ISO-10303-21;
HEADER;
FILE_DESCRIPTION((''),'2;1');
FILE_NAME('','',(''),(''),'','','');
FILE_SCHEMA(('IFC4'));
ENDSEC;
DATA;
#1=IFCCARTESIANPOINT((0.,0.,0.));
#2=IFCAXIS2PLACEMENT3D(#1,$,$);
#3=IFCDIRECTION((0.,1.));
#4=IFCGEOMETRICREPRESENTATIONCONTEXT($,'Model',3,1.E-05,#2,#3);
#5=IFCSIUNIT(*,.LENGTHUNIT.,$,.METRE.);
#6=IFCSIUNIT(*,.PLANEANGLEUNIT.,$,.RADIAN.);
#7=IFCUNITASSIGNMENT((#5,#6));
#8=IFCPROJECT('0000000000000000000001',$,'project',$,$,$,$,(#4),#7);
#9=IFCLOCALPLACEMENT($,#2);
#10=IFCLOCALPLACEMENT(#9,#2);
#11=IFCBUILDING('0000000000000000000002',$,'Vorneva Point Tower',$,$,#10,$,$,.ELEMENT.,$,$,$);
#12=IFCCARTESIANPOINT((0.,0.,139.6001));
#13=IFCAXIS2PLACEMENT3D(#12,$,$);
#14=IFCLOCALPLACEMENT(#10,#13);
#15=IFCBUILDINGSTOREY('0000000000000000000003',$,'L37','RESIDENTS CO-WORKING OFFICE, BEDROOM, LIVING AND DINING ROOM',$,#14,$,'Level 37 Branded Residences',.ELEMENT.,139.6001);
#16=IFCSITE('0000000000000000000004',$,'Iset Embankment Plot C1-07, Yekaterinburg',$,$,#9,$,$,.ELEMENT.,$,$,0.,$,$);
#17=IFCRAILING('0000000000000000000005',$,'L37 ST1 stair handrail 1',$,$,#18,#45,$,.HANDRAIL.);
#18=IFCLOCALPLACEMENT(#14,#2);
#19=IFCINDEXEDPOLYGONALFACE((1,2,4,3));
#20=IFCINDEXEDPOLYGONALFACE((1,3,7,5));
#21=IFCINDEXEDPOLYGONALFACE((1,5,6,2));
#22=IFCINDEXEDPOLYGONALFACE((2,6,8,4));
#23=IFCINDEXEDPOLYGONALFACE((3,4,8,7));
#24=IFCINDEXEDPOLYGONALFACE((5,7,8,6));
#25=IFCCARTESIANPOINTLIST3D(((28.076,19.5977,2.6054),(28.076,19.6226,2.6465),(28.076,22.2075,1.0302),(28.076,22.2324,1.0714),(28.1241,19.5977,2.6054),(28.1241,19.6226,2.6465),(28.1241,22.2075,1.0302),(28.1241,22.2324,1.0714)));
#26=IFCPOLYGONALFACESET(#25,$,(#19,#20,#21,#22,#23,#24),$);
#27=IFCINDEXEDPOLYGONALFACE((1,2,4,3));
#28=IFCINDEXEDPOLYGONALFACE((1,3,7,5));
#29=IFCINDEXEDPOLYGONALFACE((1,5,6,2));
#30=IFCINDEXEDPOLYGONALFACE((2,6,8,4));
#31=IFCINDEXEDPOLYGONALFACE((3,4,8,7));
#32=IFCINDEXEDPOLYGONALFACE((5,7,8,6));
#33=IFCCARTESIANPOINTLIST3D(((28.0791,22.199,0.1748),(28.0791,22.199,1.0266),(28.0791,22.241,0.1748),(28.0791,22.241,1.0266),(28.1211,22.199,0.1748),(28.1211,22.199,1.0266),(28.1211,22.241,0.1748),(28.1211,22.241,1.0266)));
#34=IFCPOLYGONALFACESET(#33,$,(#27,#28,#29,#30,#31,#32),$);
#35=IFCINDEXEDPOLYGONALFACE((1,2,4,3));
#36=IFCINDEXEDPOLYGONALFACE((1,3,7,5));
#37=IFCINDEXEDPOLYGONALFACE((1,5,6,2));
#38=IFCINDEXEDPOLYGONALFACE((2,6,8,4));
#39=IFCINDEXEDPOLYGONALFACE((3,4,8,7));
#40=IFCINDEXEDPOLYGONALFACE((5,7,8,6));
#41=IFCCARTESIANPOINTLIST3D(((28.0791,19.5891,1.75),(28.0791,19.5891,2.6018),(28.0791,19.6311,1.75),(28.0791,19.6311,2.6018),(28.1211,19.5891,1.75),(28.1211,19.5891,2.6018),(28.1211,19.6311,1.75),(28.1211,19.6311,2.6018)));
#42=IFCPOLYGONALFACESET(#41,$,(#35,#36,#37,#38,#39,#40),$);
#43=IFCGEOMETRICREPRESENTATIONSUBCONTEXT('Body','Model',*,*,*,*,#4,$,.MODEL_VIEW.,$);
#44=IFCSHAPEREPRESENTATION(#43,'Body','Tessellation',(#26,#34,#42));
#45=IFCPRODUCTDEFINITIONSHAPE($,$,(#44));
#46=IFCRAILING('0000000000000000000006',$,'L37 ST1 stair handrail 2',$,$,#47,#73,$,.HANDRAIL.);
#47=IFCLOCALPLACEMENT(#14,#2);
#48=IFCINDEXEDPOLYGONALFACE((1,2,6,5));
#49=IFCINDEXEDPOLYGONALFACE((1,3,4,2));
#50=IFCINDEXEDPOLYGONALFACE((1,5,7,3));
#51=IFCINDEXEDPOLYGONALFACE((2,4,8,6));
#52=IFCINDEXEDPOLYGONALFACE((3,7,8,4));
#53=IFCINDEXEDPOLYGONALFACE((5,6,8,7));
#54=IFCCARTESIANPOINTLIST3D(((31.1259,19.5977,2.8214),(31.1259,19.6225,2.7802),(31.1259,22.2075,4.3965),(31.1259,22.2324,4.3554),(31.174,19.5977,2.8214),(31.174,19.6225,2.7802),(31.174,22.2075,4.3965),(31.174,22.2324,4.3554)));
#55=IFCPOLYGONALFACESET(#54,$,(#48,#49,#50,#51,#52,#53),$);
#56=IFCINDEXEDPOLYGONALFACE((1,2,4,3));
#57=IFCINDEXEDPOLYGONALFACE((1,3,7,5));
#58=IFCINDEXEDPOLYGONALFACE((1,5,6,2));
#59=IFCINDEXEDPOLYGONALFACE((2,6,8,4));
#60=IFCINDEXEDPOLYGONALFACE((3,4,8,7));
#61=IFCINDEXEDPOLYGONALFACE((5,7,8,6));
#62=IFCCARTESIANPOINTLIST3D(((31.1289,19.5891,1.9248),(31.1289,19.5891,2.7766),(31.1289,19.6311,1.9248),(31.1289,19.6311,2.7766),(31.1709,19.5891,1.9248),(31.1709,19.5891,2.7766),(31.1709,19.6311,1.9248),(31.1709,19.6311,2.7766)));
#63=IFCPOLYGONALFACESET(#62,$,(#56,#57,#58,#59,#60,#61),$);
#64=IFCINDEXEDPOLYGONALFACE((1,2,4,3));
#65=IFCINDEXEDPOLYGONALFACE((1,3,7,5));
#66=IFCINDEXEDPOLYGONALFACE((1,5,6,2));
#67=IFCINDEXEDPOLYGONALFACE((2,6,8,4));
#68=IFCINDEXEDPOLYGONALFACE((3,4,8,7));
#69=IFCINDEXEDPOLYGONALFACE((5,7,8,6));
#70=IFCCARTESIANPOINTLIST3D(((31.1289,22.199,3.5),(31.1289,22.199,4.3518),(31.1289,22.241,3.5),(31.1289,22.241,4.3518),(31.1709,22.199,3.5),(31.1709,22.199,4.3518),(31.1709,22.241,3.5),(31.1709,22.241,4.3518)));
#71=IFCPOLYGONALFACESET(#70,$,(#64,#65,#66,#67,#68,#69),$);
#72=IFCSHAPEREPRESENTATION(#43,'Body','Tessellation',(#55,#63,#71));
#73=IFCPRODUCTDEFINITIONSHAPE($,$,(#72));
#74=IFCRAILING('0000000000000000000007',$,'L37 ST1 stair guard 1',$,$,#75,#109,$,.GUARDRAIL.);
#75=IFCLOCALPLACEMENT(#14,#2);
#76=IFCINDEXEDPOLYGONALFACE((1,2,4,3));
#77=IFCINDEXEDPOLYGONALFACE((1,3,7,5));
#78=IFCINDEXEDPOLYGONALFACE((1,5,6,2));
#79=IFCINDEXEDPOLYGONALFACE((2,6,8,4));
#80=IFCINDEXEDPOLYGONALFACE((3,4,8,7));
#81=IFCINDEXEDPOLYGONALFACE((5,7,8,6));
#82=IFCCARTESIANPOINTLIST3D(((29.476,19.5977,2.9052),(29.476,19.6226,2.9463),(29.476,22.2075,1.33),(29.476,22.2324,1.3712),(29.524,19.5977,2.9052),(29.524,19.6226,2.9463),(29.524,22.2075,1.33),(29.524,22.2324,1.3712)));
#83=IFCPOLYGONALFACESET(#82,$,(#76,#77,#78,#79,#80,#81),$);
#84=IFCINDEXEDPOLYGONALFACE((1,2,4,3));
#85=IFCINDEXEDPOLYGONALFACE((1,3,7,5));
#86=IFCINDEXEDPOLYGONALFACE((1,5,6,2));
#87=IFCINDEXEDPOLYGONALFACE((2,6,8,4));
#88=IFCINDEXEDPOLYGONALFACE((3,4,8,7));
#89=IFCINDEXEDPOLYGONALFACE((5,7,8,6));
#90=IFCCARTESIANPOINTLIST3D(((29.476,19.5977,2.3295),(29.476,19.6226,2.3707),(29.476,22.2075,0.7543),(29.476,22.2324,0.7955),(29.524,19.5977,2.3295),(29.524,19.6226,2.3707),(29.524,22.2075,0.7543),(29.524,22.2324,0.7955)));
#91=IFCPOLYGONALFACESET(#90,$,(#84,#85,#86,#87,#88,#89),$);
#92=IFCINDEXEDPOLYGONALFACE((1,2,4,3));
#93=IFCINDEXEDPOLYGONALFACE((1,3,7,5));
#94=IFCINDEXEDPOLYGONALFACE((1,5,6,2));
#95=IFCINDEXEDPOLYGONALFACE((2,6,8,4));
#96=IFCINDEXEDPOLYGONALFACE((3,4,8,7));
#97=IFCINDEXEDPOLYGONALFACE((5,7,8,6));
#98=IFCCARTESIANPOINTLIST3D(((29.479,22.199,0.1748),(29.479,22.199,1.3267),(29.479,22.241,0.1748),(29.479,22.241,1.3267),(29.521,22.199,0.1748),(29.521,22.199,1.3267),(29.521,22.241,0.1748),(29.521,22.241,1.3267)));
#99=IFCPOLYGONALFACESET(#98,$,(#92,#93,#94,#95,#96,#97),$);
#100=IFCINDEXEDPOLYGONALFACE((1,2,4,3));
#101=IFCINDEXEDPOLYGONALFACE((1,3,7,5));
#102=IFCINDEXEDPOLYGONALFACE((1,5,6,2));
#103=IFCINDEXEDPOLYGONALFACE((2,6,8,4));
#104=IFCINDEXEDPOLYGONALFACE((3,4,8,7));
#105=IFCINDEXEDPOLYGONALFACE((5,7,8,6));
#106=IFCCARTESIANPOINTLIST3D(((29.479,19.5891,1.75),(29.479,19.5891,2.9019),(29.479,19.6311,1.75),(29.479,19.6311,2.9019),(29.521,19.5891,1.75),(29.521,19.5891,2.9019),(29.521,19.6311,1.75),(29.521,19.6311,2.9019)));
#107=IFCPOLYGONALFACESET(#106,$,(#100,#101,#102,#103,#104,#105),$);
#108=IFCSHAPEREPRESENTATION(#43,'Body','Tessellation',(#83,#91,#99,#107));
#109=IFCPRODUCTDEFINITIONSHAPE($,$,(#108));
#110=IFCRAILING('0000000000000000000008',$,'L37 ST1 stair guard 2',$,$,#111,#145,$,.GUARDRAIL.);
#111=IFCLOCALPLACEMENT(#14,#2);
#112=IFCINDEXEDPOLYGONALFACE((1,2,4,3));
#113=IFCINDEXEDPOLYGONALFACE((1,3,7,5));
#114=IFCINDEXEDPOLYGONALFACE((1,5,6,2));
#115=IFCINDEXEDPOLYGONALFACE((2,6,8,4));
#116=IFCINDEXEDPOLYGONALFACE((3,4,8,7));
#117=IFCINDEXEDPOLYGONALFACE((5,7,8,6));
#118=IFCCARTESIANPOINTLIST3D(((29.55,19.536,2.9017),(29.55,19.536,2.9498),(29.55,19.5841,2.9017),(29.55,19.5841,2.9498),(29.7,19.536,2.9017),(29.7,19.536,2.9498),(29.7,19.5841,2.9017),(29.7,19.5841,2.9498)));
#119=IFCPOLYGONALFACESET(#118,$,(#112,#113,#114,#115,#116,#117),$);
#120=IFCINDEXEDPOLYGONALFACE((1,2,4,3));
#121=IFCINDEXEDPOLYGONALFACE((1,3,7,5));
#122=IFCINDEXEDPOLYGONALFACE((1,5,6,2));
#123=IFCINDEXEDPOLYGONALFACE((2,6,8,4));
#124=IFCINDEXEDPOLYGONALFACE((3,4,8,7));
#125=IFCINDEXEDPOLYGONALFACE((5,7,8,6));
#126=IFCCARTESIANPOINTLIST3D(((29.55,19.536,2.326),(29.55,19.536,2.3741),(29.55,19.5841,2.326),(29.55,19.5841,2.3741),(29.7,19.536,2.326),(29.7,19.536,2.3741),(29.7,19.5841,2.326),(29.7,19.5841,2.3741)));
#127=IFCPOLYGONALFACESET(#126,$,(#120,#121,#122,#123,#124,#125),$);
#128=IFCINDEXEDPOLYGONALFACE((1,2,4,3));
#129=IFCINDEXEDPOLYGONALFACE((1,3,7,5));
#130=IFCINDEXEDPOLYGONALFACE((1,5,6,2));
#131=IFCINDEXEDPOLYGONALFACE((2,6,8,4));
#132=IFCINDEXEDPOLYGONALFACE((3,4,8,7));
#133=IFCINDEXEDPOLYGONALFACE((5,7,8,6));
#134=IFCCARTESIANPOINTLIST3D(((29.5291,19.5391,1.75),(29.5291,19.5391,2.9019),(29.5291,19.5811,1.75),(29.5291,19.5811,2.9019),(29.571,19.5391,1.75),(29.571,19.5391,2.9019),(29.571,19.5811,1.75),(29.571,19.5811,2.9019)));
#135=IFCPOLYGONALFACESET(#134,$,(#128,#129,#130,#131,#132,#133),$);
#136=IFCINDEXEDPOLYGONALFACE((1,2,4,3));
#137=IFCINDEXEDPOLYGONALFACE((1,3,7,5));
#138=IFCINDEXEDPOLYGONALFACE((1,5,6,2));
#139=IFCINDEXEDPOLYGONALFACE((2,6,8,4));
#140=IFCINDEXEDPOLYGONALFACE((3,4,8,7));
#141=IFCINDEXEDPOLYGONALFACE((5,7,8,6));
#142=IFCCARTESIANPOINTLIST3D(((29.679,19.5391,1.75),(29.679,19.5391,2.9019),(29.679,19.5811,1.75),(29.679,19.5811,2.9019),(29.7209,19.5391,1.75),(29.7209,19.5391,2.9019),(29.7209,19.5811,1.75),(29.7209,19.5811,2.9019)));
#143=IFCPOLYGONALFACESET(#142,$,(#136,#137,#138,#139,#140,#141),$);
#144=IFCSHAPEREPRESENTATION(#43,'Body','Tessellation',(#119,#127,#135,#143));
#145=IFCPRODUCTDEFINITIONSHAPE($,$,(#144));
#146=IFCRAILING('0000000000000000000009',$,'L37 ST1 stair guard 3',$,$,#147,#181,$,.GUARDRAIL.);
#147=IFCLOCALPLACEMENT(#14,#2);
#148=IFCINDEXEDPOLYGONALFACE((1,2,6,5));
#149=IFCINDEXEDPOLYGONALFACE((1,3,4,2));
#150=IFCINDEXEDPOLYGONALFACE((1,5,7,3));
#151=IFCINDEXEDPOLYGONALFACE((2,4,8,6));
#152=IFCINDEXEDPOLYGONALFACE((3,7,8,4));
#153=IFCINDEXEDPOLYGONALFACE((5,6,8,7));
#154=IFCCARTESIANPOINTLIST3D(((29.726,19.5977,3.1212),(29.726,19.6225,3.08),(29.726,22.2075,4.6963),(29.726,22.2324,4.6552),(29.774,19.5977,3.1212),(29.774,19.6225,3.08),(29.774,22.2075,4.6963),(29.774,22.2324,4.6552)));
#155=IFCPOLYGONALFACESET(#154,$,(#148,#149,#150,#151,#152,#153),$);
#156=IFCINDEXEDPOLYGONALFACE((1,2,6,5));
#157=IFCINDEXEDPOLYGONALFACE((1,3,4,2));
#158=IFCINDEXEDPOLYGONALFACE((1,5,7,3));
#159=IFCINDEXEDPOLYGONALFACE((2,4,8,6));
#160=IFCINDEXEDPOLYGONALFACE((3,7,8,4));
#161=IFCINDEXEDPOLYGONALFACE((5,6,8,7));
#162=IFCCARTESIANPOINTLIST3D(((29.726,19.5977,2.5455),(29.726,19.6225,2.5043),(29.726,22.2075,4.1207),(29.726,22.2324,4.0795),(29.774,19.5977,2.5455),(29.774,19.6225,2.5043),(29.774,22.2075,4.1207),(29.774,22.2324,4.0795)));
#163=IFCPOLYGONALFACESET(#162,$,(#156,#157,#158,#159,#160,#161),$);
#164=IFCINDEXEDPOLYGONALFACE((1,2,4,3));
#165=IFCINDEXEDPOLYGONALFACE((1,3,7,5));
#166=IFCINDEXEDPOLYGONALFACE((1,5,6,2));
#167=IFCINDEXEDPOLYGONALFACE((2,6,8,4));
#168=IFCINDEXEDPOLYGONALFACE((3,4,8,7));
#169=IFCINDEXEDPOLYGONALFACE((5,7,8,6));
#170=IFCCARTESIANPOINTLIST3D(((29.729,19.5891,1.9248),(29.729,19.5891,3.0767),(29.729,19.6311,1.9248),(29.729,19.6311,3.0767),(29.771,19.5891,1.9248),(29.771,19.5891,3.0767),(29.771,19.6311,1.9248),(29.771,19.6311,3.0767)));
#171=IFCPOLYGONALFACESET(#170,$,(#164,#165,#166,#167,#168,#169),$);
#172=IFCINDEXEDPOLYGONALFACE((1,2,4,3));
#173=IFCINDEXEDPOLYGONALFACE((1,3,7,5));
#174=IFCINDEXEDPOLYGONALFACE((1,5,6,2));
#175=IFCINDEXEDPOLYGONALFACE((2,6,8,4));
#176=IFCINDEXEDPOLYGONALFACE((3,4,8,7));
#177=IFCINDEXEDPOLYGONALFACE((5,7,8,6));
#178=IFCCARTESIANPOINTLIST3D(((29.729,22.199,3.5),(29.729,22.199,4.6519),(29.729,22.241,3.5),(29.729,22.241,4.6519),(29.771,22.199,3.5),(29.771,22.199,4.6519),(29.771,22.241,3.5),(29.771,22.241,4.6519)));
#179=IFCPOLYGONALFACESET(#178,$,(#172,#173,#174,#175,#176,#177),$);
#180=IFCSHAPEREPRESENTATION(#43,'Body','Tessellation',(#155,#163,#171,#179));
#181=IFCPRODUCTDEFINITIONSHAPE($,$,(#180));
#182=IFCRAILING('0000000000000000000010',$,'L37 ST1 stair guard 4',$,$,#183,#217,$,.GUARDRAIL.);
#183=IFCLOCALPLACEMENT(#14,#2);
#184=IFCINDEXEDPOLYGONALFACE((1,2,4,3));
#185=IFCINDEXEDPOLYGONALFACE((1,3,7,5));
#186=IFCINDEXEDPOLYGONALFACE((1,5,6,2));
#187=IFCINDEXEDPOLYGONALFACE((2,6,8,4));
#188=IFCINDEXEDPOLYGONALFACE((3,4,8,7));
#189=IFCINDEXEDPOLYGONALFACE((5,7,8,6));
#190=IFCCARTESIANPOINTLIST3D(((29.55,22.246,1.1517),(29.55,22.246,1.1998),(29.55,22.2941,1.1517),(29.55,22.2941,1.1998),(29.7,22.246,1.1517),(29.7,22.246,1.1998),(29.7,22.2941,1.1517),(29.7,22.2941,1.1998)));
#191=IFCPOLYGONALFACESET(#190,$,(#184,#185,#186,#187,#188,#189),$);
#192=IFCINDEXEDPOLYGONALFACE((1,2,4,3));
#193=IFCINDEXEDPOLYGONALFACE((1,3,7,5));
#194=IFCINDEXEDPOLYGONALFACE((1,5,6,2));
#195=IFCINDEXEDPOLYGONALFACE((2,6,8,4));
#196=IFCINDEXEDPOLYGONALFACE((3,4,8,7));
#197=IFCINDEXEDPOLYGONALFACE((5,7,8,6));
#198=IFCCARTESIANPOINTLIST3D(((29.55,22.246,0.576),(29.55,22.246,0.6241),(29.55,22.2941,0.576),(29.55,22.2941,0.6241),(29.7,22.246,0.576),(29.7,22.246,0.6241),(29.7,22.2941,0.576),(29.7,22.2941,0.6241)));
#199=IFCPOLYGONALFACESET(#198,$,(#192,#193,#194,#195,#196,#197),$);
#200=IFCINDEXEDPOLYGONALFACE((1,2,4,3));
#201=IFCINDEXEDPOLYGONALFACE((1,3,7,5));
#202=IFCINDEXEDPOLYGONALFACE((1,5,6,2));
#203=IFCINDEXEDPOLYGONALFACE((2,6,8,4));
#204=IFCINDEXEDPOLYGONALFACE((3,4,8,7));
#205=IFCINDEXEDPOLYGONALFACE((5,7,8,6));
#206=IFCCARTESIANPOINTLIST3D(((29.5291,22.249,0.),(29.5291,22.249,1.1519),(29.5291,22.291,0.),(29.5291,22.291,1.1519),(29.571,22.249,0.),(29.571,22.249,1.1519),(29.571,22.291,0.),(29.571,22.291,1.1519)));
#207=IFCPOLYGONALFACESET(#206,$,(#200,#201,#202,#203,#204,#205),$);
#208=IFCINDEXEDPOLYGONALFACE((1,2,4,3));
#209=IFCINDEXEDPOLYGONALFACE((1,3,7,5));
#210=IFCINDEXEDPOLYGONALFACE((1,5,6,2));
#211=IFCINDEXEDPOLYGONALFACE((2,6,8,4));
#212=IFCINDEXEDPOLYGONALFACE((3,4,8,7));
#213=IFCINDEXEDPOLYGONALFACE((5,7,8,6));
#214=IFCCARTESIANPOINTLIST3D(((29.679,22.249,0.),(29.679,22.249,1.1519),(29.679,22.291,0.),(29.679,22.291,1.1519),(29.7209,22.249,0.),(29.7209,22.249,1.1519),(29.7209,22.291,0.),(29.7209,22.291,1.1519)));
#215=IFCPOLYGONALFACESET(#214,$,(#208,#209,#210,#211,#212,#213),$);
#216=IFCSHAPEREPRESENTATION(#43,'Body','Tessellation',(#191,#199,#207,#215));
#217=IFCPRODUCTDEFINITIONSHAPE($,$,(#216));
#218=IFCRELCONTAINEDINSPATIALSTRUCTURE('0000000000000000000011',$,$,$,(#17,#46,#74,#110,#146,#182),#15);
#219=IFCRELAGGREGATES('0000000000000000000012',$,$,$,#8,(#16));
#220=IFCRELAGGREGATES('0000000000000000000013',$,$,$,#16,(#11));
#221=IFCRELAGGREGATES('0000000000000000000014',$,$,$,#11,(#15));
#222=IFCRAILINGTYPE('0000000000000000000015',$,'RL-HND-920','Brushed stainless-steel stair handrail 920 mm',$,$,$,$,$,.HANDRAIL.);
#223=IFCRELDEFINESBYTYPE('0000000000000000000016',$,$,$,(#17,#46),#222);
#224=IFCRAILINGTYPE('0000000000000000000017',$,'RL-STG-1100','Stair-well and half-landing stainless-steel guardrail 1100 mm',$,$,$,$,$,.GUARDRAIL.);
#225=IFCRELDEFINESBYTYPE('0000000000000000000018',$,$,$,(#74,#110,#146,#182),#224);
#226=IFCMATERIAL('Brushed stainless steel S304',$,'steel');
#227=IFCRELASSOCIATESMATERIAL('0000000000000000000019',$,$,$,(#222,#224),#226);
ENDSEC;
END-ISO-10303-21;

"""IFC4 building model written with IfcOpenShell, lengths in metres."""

from ifc_helpers import new_model, si_unit, direction, frame, origin, origin_2d, place, context, subcontext, project, spatial, rectangle, extrude, material, type_object, element, save


model = new_model("IFC4")

# Units and contexts
model_context = context("Model", 3, precision=1e-05, world=origin(), true_north=direction((0.0, 1.0)))
body_context = subcontext(model_context, "Body", "Model", "MODEL_VIEW")
ifc_project = project(units=[si_unit("LENGTHUNIT", "METRE"), si_unit("PLANEANGLEUNIT", "RADIAN")], contexts=[model_context])

# Site, building, storey
site_placement = place(None, origin())
site = spatial("IfcSite", under=ifc_project, at=site_placement, Name="Iset Embankment Plot C1-07, Yekaterinburg", CompositionType="ELEMENT", RefElevation=0.0)
building_placement = place(site_placement, origin())
building = spatial("IfcBuilding", under=site, at=building_placement, Name="Vorneva Point Tower", CompositionType="ELEMENT")
storey_placement = place(building_placement, frame((0.0, 0.0, 139.6001)))
storey = spatial("IfcBuildingStorey", under=building, at=storey_placement, Name="L37", Description="RESIDENTS CO-WORKING OFFICE, BEDROOM, LIVING AND DINING ROOM", LongName="Level 37 Branded Residences", CompositionType="ELEMENT", Elevation=139.6001)

# Shared definitions
ifc_material_1 = material(Name="Brushed stainless steel S304", Category="steel")

# Railings
railing_type_1 = type_object("IfcRailingType", Name="RL-HND-920", Description="Brushed stainless-steel stair handrail 920 mm", PredefinedType="HANDRAIL", material=ifc_material_1)
railing_1_placement = place(storey_placement, frame((28.1001, 22.22, 0.1748)))
element("IfcRailing", 1, at=railing_1_placement, inside=storey, type_object=railing_type_1, Name="L37 ST1 stair handrail 1", PredefinedType="HANDRAIL", context=body_context, shape_type="SweptSolid", body=[
    extrude(rectangle(XDim=0.0481, YDim=0.0481, at=origin_2d()), frame((0.0, 0.0, 0.876), z_axis=(0.0, -0.856147, 0.516732), x_axis=(1.0, 0.0, 0.0)), (0.0, 0.0, 1.0), 3.0483),
    extrude(rectangle(XDim=0.042, YDim=0.042, at=origin_2d()), origin(), (0.0, 0.0, 1.0), 0.8518),
    extrude(rectangle(XDim=0.042, YDim=0.042, at=origin_2d()), frame((0.0, -2.6099, 1.5752)), (0.0, 0.0, 1.0), 0.8518),
])
railing_2_placement = place(storey_placement, frame((31.1499, 19.6101, 1.9248)))
element("IfcRailing", 2, at=railing_2_placement, inside=storey, type_object=railing_type_1, Name="L37 ST1 stair handrail 2", PredefinedType="HANDRAIL", context=body_context, shape_type="SweptSolid", body=[
    extrude(rectangle(XDim=0.0481, YDim=0.0481, at=origin_2d()), frame((0.0, 0.0, 0.876), z_axis=(0.0, 0.856147, 0.516732), x_axis=(-1.0, 0.0, 0.0)), (0.0, 0.0, 1.0), 3.0483),
    extrude(rectangle(XDim=0.042, YDim=0.042, at=origin_2d()), origin(), (0.0, 0.0, 1.0), 0.8518),
    extrude(rectangle(XDim=0.042, YDim=0.042, at=origin_2d()), frame((0.0, 2.6099, 1.5752)), (0.0, 0.0, 1.0), 0.8518),
])
railing_type_2 = type_object("IfcRailingType", Name="RL-STG-1100", Description="Stair-well and half-landing stainless-steel guardrail 1100 mm", PredefinedType="GUARDRAIL", material=ifc_material_1)
railing_3_placement = place(storey_placement, frame((29.5, 22.22, 0.1748)))
element("IfcRailing", 3, at=railing_3_placement, inside=storey, type_object=railing_type_2, Name="L37 ST1 stair guard 1", PredefinedType="GUARDRAIL", context=body_context, shape_type="SweptSolid", body=[
    extrude(rectangle(XDim=0.0481, YDim=0.0481, at=origin_2d()), frame((0.0, 0.0, 1.1758), z_axis=(0.0, -0.856147, 0.516732), x_axis=(1.0, 0.0, 0.0)), (0.0, 0.0, 1.0), 3.0483),
    extrude(rectangle(XDim=0.0481, YDim=0.0481, at=origin_2d()), frame((0.0, 0.0, 0.6001), z_axis=(0.0, -0.856147, 0.516732), x_axis=(1.0, 0.0, 0.0)), (0.0, 0.0, 1.0), 3.0483),
    extrude(rectangle(XDim=0.042, YDim=0.042, at=origin_2d()), origin(), (0.0, 0.0, 1.0), 1.1519),
    extrude(rectangle(XDim=0.042, YDim=0.042, at=origin_2d()), frame((0.0, -2.6099, 1.5752)), (0.0, 0.0, 1.0), 1.1519),
])
railing_4_placement = place(storey_placement, frame((29.55, 19.5601, 1.75)))
element("IfcRailing", 4, at=railing_4_placement, inside=storey, type_object=railing_type_2, Name="L37 ST1 stair guard 2", PredefinedType="GUARDRAIL", context=body_context, shape_type="SweptSolid", body=[
    extrude(rectangle(XDim=0.0481, YDim=0.0481, at=origin_2d()), frame((0.0, 0.0, 1.1758), z_axis=(1.0, 0.0, 0.0), x_axis=(0.0, 1.0, 0.0)), (0.0, 0.0, 1.0), 0.1499),
    extrude(rectangle(XDim=0.0481, YDim=0.0481, at=origin_2d()), frame((0.0, 0.0, 0.6001), z_axis=(1.0, 0.0, 0.0), x_axis=(0.0, 1.0, 0.0)), (0.0, 0.0, 1.0), 0.1499),
    extrude(rectangle(XDim=0.042, YDim=0.042, at=origin_2d()), origin(), (0.0, 0.0, 1.0), 1.1519),
    extrude(rectangle(XDim=0.042, YDim=0.042, at=origin_2d()), frame((0.1499, 0.0, 0.0)), (0.0, 0.0, 1.0), 1.1519),
])
railing_5_placement = place(storey_placement, frame((29.75, 19.6101, 1.9248)))
element("IfcRailing", 5, at=railing_5_placement, inside=storey, type_object=railing_type_2, Name="L37 ST1 stair guard 3", PredefinedType="GUARDRAIL", context=body_context, shape_type="SweptSolid", body=[
    extrude(rectangle(XDim=0.0481, YDim=0.0481, at=origin_2d()), frame((0.0, 0.0, 1.1758), z_axis=(0.0, 0.856147, 0.516732), x_axis=(-1.0, 0.0, 0.0)), (0.0, 0.0, 1.0), 3.0483),
    extrude(rectangle(XDim=0.0481, YDim=0.0481, at=origin_2d()), frame((0.0, 0.0, 0.6001), z_axis=(0.0, 0.856147, 0.516732), x_axis=(-1.0, 0.0, 0.0)), (0.0, 0.0, 1.0), 3.0483),
    extrude(rectangle(XDim=0.042, YDim=0.042, at=origin_2d()), origin(), (0.0, 0.0, 1.0), 1.1519),
    extrude(rectangle(XDim=0.042, YDim=0.042, at=origin_2d()), frame((0.0, 2.6099, 1.5752)), (0.0, 0.0, 1.0), 1.1519),
])
railing_6_placement = place(storey_placement, frame((29.55, 22.27, 0.0)))
element("IfcRailing", 6, at=railing_6_placement, inside=storey, type_object=railing_type_2, Name="L37 ST1 stair guard 4", PredefinedType="GUARDRAIL", context=body_context, shape_type="SweptSolid", body=[
    extrude(rectangle(XDim=0.0481, YDim=0.0481, at=origin_2d()), frame((0.0, 0.0, 1.1758), z_axis=(1.0, 0.0, 0.0), x_axis=(0.0, 1.0, 0.0)), (0.0, 0.0, 1.0), 0.1499),
    extrude(rectangle(XDim=0.0481, YDim=0.0481, at=origin_2d()), frame((0.0, 0.0, 0.6001), z_axis=(1.0, 0.0, 0.0), x_axis=(0.0, 1.0, 0.0)), (0.0, 0.0, 1.0), 0.1499),
    extrude(rectangle(XDim=0.042, YDim=0.042, at=origin_2d()), origin(), (0.0, 0.0, 1.0), 1.1519),
    extrude(rectangle(XDim=0.042, YDim=0.042, at=origin_2d()), frame((0.1499, 0.0, 0.0)), (0.0, 0.0, 1.0), 1.1519),
])

save(model, "model.ifc")
